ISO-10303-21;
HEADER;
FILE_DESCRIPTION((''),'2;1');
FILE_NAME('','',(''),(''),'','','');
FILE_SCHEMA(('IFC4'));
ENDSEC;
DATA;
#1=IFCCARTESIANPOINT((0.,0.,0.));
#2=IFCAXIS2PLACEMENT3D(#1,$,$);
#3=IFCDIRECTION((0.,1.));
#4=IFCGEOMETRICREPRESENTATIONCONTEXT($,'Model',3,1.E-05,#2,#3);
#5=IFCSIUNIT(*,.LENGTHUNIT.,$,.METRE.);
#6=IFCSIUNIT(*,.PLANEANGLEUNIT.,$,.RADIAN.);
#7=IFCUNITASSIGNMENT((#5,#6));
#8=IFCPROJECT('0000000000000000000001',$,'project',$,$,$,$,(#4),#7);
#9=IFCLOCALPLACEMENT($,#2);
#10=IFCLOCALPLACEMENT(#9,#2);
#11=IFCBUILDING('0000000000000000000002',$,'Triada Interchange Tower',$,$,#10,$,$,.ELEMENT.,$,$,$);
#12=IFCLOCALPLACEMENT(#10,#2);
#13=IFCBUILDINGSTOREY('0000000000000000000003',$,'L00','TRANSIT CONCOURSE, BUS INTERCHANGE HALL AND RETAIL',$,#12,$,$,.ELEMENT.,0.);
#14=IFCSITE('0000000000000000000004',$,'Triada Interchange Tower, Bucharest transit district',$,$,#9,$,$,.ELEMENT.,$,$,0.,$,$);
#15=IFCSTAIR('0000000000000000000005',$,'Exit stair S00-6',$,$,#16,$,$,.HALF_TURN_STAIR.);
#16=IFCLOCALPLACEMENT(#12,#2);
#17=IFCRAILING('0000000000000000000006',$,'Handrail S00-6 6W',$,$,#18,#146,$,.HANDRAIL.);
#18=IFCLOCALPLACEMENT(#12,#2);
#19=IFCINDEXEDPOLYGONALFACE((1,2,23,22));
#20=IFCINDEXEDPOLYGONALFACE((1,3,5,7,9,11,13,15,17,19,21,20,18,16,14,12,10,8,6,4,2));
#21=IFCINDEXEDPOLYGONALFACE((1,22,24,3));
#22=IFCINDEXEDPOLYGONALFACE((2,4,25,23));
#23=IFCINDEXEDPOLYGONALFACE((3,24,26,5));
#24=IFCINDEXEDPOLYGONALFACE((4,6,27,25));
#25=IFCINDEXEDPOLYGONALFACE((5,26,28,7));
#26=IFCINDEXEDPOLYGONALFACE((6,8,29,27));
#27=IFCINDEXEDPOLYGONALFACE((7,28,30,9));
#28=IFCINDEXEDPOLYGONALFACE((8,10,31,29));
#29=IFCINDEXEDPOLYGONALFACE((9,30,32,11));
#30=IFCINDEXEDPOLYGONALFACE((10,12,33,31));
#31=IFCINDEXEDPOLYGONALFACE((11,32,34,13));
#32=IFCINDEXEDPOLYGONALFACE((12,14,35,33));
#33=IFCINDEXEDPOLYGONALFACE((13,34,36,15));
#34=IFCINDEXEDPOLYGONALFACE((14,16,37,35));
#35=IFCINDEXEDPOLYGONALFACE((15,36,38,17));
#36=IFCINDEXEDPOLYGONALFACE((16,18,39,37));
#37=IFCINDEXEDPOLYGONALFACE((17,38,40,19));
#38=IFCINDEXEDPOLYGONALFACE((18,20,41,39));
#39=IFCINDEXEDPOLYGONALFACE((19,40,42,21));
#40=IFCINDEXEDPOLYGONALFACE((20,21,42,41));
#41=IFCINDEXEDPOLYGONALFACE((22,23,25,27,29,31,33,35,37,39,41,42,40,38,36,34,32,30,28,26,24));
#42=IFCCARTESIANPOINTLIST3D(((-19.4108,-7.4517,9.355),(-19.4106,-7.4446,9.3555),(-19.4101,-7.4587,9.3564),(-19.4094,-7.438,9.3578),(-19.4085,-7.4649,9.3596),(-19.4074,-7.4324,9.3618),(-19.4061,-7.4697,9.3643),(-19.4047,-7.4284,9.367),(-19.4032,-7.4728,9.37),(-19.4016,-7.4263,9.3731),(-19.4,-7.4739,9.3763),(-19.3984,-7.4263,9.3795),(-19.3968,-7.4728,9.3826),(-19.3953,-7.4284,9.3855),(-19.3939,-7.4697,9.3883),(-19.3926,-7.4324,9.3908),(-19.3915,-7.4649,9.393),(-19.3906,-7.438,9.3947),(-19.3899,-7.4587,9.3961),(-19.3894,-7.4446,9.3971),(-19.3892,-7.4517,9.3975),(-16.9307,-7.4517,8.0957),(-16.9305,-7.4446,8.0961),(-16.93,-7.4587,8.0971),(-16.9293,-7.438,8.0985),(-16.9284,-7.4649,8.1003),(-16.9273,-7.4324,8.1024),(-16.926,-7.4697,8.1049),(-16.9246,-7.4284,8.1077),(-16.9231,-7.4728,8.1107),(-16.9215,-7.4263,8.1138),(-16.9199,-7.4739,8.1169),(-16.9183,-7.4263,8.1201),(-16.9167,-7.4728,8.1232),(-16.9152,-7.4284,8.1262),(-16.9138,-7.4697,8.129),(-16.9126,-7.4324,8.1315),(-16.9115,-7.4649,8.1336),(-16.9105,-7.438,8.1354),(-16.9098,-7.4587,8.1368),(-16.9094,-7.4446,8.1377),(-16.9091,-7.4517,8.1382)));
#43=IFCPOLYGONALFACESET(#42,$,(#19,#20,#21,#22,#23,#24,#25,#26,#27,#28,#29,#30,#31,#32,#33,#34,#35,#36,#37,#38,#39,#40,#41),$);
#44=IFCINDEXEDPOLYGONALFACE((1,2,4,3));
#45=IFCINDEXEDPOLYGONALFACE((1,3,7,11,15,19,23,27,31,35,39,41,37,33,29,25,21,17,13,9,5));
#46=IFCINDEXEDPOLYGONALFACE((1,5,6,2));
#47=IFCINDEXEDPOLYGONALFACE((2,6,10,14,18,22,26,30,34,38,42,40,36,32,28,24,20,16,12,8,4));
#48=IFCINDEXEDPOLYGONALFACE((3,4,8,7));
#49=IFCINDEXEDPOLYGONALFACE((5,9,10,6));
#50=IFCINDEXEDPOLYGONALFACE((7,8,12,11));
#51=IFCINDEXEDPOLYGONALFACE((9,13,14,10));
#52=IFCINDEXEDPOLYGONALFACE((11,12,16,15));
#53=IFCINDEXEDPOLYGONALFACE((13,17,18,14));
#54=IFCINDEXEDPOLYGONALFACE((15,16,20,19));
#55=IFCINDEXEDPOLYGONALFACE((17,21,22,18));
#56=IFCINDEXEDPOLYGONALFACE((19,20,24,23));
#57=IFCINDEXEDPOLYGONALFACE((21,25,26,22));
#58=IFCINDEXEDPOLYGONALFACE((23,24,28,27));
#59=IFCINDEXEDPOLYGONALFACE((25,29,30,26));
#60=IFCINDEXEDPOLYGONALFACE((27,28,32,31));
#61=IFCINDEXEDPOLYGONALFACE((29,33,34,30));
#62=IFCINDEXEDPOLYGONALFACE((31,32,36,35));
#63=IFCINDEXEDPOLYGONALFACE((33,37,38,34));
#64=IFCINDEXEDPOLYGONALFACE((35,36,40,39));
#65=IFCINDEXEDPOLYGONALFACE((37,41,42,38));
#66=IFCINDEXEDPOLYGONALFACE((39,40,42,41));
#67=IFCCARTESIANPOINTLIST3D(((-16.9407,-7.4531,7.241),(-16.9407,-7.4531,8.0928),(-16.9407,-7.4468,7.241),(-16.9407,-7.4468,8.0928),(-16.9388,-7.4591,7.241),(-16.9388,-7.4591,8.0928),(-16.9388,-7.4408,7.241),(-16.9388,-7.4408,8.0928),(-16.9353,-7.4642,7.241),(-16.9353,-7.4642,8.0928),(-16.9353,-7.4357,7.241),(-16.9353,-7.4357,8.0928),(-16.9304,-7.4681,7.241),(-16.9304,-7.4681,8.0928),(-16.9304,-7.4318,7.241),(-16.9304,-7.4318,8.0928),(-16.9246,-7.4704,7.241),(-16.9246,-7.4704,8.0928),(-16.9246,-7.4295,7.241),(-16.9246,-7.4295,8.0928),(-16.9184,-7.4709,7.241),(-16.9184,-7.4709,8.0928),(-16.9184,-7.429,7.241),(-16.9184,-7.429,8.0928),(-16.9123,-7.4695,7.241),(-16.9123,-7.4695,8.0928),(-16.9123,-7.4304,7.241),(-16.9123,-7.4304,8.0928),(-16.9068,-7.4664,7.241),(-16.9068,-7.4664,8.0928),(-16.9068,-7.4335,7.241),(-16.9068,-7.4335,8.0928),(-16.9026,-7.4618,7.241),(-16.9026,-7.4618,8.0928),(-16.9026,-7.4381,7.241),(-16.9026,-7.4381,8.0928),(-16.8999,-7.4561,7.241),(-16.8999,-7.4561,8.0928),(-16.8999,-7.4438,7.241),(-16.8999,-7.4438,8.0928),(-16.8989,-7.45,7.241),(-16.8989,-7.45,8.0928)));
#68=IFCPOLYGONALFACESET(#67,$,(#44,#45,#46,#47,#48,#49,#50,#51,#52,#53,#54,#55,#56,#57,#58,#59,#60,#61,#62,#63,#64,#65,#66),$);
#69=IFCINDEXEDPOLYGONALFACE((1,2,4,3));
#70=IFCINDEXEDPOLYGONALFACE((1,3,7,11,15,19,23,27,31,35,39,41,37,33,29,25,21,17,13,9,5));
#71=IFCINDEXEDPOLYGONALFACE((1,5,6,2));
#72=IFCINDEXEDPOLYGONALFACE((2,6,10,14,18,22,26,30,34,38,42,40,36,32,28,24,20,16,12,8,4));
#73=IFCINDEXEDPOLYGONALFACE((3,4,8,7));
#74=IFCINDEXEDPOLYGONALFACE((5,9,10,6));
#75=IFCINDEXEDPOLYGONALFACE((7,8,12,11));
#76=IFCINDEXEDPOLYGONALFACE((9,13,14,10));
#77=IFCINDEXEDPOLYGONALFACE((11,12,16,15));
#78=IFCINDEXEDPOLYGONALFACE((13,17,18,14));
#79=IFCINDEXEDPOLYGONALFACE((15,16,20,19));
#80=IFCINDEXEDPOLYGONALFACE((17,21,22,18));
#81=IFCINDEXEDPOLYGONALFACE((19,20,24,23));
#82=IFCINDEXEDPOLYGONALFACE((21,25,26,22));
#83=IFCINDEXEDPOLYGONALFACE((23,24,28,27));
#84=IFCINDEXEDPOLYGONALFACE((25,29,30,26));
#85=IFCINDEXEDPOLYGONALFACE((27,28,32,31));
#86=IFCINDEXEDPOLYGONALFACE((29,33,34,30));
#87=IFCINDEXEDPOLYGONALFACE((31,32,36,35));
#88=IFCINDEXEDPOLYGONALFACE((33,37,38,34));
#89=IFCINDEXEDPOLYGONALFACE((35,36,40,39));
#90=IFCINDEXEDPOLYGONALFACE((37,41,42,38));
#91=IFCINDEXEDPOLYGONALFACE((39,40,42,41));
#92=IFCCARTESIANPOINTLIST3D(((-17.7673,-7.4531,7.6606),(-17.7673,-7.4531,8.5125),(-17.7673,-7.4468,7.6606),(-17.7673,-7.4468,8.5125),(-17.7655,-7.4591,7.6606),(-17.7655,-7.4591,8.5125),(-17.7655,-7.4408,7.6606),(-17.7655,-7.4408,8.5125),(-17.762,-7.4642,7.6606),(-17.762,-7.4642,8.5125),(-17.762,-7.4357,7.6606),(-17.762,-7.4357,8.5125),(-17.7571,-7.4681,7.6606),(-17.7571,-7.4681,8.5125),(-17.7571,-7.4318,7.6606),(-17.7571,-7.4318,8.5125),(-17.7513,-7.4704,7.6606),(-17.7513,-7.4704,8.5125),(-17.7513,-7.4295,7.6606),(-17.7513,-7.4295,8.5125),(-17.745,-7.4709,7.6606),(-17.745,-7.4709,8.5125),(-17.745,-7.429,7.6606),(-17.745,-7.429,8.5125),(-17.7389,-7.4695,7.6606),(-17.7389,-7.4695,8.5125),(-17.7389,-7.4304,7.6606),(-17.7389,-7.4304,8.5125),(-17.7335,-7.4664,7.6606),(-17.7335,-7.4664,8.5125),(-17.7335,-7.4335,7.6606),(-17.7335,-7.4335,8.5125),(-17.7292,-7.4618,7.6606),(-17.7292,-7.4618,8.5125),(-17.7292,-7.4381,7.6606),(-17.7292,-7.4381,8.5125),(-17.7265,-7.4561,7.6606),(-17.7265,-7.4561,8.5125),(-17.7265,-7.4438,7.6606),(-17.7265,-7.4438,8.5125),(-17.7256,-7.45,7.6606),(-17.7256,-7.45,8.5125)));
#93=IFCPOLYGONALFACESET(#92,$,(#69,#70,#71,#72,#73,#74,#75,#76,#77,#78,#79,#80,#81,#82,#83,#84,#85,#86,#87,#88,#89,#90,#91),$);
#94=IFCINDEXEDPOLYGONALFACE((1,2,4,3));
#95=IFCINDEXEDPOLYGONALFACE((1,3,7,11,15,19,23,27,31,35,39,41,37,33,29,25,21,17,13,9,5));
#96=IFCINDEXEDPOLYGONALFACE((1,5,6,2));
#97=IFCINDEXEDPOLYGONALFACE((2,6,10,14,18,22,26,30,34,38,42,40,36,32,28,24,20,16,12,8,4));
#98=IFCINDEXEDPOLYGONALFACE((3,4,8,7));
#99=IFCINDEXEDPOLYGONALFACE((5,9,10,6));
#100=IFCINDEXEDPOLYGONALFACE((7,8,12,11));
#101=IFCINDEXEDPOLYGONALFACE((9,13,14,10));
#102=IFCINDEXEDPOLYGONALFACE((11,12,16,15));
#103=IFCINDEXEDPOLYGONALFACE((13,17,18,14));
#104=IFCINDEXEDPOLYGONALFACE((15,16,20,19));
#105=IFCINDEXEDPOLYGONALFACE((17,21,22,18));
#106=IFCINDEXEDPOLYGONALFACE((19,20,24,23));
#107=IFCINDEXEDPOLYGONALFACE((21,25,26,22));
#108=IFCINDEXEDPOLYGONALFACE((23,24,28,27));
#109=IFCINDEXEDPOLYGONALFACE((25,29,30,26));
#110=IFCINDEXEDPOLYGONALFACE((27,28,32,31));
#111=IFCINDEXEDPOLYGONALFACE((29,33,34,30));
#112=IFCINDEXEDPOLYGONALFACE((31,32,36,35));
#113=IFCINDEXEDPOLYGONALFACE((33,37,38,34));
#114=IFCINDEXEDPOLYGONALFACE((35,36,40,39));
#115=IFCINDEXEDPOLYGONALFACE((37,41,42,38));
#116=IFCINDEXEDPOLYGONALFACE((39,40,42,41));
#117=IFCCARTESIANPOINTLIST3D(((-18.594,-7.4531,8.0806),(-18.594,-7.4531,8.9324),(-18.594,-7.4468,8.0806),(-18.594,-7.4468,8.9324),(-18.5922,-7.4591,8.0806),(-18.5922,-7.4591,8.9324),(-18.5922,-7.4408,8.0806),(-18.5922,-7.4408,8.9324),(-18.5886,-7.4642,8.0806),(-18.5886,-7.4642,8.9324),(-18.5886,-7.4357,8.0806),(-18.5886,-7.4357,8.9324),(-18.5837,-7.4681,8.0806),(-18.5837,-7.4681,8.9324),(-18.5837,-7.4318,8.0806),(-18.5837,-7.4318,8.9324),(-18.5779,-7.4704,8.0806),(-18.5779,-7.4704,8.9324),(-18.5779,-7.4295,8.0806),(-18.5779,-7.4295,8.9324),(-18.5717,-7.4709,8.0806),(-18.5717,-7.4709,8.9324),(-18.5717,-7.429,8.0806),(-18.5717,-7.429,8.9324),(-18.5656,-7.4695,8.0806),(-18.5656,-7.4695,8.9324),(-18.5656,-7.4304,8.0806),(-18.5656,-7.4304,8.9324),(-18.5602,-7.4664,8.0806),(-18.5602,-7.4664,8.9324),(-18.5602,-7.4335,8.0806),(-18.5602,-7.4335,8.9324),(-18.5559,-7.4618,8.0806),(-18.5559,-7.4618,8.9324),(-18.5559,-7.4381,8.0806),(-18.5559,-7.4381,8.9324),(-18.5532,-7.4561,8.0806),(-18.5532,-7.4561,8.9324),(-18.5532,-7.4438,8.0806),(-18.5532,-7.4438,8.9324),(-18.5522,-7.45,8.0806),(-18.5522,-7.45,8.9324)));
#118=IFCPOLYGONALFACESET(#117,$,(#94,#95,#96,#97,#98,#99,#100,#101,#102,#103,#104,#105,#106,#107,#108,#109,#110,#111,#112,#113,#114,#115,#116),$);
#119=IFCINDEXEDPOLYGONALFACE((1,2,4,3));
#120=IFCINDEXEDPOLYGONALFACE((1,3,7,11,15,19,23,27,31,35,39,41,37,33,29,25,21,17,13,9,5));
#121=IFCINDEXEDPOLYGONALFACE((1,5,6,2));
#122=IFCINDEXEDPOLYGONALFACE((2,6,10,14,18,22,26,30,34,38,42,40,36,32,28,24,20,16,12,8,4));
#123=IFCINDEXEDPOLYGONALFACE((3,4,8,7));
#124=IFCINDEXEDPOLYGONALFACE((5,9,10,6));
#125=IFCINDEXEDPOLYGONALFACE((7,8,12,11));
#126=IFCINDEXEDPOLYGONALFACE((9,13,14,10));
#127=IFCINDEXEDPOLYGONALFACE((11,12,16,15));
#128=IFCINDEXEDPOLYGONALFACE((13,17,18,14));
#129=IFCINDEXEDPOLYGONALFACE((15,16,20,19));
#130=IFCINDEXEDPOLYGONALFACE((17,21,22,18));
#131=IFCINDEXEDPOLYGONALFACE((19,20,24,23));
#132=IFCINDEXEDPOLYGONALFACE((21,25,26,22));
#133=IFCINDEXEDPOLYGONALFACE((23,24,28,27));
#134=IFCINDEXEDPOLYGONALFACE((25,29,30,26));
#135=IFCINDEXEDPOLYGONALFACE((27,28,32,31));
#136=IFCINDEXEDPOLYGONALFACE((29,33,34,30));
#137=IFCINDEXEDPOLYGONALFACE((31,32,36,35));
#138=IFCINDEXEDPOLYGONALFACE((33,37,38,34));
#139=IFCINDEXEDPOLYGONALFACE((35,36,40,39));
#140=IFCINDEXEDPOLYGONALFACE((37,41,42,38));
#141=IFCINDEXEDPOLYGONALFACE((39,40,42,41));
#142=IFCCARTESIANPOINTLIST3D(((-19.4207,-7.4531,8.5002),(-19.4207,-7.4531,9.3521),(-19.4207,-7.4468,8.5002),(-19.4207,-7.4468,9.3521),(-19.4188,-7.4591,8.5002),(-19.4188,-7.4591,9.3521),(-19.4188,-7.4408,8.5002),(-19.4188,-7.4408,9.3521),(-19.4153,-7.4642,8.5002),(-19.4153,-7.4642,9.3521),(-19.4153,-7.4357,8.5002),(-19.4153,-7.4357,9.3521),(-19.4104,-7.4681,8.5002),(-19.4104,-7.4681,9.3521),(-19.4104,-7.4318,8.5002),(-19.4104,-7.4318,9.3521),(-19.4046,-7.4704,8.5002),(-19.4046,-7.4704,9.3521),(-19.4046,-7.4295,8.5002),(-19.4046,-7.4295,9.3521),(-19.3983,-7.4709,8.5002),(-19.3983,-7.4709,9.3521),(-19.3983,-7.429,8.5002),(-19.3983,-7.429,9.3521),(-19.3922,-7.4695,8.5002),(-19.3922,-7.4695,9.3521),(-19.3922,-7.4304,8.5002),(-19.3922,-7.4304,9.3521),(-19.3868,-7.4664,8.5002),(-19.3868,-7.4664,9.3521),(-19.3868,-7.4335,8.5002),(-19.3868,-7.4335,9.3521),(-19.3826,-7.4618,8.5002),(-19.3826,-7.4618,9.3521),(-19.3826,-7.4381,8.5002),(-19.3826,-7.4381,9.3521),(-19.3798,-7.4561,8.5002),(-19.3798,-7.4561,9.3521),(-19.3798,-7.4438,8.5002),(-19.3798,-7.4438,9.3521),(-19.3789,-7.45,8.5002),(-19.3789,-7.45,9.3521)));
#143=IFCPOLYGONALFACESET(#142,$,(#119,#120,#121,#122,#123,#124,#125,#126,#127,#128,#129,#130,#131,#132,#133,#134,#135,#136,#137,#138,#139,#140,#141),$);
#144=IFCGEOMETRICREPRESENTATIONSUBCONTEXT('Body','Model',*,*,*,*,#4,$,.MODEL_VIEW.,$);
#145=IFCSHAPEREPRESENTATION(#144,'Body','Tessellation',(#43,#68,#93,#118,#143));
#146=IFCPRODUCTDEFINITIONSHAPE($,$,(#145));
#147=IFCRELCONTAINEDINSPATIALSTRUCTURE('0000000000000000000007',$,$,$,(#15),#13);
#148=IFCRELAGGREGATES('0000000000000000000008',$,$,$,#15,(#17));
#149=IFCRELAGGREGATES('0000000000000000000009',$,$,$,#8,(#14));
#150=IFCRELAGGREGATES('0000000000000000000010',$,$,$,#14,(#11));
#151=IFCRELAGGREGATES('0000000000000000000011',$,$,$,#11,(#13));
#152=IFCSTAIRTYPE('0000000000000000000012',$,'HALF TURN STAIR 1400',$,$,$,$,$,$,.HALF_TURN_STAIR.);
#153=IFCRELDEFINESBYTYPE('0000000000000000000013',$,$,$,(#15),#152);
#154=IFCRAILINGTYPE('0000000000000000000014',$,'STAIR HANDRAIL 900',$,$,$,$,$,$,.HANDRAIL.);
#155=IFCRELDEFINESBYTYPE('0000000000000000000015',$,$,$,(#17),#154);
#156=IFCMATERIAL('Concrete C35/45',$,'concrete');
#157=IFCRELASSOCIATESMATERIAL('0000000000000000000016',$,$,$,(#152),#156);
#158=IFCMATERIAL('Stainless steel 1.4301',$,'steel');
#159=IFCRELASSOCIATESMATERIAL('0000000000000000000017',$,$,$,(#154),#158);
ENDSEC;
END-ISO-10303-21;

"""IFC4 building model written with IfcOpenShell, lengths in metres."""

from ifc_helpers import new_model, si_unit, direction, frame, origin, origin_2d, place, context, subcontext, project, spatial, circle, extrude, material, type_object, element, aggregate, save


model = new_model("IFC4")

# Units and contexts
model_context = context("Model", 3, precision=1e-05, world=origin(), true_north=direction((0.0, 1.0)))
body_context = subcontext(model_context, "Body", "Model", "MODEL_VIEW")
ifc_project = project(units=[si_unit("LENGTHUNIT", "METRE"), si_unit("PLANEANGLEUNIT", "RADIAN")], contexts=[model_context])

# Site, building, storey
site_placement = place(None, origin())
site = spatial("IfcSite", under=ifc_project, at=site_placement, Name="Triada Interchange Tower, Bucharest transit district", CompositionType="ELEMENT", RefElevation=0.0)
building_placement = place(site_placement, origin())
building = spatial("IfcBuilding", under=site, at=building_placement, Name="Triada Interchange Tower", CompositionType="ELEMENT")
storey_placement = place(building_placement, origin())
storey = spatial("IfcBuildingStorey", under=building, at=storey_placement, Name="L00", Description="TRANSIT CONCOURSE, BUS INTERCHANGE HALL AND RETAIL", CompositionType="ELEMENT", Elevation=0.0)

# Shared definitions
ifc_material_1 = material(Name="Concrete C35/45", Category="concrete")

# Stair, railing
stair_type = type_object("IfcStairType", Name="HALF TURN STAIR 1400", PredefinedType="HALF_TURN_STAIR", material=ifc_material_1)
stair_placement = place(storey_placement, origin())
stair = element("IfcStair", 1, at=stair_placement, inside=storey, type_object=stair_type, Name="Exit stair S00-6", PredefinedType="HALF_TURN_STAIR")
ifc_material_2 = material(Name="Stainless steel 1.4301", Category="steel")
railing_type_1 = type_object("IfcRailingType", Name="STAIR HANDRAIL 900", PredefinedType="HANDRAIL", material=ifc_material_2)
railing_1_placement = place(storey_placement, frame((-16.9199, -7.45, 7.241)))
railing_1 = element("IfcRailing", 2, at=railing_1_placement, type_object=railing_type_1, Name="Handrail S00-6 6W", PredefinedType="HANDRAIL", context=body_context, shape_type="SweptSolid", body=[
    extrude(circle(Radius=0.0239, at=origin_2d()), frame((0.0, 0.0, 0.876), z_axis=(-0.891636, 0.0, 0.452752), x_axis=(0.0, -1.0, 0.0)), (0.0, 0.0, 1.0), 2.7815),
    extrude(circle(Radius=0.021, at=origin_2d()), origin(), (0.0, 0.0, 1.0), 0.8518),
    extrude(circle(Radius=0.021, at=origin_2d()), frame((-0.8267, 0.0, 0.4197)), (0.0, 0.0, 1.0), 0.8518),
    extrude(circle(Radius=0.021, at=origin_2d()), frame((-1.6533, 0.0, 0.8396)), (0.0, 0.0, 1.0), 0.8518),
    extrude(circle(Radius=0.021, at=origin_2d()), frame((-2.48, 0.0, 1.2593)), (0.0, 0.0, 1.0), 0.8518),
])
aggregate(stair, [railing_1])

save(model, "model.ifc")
